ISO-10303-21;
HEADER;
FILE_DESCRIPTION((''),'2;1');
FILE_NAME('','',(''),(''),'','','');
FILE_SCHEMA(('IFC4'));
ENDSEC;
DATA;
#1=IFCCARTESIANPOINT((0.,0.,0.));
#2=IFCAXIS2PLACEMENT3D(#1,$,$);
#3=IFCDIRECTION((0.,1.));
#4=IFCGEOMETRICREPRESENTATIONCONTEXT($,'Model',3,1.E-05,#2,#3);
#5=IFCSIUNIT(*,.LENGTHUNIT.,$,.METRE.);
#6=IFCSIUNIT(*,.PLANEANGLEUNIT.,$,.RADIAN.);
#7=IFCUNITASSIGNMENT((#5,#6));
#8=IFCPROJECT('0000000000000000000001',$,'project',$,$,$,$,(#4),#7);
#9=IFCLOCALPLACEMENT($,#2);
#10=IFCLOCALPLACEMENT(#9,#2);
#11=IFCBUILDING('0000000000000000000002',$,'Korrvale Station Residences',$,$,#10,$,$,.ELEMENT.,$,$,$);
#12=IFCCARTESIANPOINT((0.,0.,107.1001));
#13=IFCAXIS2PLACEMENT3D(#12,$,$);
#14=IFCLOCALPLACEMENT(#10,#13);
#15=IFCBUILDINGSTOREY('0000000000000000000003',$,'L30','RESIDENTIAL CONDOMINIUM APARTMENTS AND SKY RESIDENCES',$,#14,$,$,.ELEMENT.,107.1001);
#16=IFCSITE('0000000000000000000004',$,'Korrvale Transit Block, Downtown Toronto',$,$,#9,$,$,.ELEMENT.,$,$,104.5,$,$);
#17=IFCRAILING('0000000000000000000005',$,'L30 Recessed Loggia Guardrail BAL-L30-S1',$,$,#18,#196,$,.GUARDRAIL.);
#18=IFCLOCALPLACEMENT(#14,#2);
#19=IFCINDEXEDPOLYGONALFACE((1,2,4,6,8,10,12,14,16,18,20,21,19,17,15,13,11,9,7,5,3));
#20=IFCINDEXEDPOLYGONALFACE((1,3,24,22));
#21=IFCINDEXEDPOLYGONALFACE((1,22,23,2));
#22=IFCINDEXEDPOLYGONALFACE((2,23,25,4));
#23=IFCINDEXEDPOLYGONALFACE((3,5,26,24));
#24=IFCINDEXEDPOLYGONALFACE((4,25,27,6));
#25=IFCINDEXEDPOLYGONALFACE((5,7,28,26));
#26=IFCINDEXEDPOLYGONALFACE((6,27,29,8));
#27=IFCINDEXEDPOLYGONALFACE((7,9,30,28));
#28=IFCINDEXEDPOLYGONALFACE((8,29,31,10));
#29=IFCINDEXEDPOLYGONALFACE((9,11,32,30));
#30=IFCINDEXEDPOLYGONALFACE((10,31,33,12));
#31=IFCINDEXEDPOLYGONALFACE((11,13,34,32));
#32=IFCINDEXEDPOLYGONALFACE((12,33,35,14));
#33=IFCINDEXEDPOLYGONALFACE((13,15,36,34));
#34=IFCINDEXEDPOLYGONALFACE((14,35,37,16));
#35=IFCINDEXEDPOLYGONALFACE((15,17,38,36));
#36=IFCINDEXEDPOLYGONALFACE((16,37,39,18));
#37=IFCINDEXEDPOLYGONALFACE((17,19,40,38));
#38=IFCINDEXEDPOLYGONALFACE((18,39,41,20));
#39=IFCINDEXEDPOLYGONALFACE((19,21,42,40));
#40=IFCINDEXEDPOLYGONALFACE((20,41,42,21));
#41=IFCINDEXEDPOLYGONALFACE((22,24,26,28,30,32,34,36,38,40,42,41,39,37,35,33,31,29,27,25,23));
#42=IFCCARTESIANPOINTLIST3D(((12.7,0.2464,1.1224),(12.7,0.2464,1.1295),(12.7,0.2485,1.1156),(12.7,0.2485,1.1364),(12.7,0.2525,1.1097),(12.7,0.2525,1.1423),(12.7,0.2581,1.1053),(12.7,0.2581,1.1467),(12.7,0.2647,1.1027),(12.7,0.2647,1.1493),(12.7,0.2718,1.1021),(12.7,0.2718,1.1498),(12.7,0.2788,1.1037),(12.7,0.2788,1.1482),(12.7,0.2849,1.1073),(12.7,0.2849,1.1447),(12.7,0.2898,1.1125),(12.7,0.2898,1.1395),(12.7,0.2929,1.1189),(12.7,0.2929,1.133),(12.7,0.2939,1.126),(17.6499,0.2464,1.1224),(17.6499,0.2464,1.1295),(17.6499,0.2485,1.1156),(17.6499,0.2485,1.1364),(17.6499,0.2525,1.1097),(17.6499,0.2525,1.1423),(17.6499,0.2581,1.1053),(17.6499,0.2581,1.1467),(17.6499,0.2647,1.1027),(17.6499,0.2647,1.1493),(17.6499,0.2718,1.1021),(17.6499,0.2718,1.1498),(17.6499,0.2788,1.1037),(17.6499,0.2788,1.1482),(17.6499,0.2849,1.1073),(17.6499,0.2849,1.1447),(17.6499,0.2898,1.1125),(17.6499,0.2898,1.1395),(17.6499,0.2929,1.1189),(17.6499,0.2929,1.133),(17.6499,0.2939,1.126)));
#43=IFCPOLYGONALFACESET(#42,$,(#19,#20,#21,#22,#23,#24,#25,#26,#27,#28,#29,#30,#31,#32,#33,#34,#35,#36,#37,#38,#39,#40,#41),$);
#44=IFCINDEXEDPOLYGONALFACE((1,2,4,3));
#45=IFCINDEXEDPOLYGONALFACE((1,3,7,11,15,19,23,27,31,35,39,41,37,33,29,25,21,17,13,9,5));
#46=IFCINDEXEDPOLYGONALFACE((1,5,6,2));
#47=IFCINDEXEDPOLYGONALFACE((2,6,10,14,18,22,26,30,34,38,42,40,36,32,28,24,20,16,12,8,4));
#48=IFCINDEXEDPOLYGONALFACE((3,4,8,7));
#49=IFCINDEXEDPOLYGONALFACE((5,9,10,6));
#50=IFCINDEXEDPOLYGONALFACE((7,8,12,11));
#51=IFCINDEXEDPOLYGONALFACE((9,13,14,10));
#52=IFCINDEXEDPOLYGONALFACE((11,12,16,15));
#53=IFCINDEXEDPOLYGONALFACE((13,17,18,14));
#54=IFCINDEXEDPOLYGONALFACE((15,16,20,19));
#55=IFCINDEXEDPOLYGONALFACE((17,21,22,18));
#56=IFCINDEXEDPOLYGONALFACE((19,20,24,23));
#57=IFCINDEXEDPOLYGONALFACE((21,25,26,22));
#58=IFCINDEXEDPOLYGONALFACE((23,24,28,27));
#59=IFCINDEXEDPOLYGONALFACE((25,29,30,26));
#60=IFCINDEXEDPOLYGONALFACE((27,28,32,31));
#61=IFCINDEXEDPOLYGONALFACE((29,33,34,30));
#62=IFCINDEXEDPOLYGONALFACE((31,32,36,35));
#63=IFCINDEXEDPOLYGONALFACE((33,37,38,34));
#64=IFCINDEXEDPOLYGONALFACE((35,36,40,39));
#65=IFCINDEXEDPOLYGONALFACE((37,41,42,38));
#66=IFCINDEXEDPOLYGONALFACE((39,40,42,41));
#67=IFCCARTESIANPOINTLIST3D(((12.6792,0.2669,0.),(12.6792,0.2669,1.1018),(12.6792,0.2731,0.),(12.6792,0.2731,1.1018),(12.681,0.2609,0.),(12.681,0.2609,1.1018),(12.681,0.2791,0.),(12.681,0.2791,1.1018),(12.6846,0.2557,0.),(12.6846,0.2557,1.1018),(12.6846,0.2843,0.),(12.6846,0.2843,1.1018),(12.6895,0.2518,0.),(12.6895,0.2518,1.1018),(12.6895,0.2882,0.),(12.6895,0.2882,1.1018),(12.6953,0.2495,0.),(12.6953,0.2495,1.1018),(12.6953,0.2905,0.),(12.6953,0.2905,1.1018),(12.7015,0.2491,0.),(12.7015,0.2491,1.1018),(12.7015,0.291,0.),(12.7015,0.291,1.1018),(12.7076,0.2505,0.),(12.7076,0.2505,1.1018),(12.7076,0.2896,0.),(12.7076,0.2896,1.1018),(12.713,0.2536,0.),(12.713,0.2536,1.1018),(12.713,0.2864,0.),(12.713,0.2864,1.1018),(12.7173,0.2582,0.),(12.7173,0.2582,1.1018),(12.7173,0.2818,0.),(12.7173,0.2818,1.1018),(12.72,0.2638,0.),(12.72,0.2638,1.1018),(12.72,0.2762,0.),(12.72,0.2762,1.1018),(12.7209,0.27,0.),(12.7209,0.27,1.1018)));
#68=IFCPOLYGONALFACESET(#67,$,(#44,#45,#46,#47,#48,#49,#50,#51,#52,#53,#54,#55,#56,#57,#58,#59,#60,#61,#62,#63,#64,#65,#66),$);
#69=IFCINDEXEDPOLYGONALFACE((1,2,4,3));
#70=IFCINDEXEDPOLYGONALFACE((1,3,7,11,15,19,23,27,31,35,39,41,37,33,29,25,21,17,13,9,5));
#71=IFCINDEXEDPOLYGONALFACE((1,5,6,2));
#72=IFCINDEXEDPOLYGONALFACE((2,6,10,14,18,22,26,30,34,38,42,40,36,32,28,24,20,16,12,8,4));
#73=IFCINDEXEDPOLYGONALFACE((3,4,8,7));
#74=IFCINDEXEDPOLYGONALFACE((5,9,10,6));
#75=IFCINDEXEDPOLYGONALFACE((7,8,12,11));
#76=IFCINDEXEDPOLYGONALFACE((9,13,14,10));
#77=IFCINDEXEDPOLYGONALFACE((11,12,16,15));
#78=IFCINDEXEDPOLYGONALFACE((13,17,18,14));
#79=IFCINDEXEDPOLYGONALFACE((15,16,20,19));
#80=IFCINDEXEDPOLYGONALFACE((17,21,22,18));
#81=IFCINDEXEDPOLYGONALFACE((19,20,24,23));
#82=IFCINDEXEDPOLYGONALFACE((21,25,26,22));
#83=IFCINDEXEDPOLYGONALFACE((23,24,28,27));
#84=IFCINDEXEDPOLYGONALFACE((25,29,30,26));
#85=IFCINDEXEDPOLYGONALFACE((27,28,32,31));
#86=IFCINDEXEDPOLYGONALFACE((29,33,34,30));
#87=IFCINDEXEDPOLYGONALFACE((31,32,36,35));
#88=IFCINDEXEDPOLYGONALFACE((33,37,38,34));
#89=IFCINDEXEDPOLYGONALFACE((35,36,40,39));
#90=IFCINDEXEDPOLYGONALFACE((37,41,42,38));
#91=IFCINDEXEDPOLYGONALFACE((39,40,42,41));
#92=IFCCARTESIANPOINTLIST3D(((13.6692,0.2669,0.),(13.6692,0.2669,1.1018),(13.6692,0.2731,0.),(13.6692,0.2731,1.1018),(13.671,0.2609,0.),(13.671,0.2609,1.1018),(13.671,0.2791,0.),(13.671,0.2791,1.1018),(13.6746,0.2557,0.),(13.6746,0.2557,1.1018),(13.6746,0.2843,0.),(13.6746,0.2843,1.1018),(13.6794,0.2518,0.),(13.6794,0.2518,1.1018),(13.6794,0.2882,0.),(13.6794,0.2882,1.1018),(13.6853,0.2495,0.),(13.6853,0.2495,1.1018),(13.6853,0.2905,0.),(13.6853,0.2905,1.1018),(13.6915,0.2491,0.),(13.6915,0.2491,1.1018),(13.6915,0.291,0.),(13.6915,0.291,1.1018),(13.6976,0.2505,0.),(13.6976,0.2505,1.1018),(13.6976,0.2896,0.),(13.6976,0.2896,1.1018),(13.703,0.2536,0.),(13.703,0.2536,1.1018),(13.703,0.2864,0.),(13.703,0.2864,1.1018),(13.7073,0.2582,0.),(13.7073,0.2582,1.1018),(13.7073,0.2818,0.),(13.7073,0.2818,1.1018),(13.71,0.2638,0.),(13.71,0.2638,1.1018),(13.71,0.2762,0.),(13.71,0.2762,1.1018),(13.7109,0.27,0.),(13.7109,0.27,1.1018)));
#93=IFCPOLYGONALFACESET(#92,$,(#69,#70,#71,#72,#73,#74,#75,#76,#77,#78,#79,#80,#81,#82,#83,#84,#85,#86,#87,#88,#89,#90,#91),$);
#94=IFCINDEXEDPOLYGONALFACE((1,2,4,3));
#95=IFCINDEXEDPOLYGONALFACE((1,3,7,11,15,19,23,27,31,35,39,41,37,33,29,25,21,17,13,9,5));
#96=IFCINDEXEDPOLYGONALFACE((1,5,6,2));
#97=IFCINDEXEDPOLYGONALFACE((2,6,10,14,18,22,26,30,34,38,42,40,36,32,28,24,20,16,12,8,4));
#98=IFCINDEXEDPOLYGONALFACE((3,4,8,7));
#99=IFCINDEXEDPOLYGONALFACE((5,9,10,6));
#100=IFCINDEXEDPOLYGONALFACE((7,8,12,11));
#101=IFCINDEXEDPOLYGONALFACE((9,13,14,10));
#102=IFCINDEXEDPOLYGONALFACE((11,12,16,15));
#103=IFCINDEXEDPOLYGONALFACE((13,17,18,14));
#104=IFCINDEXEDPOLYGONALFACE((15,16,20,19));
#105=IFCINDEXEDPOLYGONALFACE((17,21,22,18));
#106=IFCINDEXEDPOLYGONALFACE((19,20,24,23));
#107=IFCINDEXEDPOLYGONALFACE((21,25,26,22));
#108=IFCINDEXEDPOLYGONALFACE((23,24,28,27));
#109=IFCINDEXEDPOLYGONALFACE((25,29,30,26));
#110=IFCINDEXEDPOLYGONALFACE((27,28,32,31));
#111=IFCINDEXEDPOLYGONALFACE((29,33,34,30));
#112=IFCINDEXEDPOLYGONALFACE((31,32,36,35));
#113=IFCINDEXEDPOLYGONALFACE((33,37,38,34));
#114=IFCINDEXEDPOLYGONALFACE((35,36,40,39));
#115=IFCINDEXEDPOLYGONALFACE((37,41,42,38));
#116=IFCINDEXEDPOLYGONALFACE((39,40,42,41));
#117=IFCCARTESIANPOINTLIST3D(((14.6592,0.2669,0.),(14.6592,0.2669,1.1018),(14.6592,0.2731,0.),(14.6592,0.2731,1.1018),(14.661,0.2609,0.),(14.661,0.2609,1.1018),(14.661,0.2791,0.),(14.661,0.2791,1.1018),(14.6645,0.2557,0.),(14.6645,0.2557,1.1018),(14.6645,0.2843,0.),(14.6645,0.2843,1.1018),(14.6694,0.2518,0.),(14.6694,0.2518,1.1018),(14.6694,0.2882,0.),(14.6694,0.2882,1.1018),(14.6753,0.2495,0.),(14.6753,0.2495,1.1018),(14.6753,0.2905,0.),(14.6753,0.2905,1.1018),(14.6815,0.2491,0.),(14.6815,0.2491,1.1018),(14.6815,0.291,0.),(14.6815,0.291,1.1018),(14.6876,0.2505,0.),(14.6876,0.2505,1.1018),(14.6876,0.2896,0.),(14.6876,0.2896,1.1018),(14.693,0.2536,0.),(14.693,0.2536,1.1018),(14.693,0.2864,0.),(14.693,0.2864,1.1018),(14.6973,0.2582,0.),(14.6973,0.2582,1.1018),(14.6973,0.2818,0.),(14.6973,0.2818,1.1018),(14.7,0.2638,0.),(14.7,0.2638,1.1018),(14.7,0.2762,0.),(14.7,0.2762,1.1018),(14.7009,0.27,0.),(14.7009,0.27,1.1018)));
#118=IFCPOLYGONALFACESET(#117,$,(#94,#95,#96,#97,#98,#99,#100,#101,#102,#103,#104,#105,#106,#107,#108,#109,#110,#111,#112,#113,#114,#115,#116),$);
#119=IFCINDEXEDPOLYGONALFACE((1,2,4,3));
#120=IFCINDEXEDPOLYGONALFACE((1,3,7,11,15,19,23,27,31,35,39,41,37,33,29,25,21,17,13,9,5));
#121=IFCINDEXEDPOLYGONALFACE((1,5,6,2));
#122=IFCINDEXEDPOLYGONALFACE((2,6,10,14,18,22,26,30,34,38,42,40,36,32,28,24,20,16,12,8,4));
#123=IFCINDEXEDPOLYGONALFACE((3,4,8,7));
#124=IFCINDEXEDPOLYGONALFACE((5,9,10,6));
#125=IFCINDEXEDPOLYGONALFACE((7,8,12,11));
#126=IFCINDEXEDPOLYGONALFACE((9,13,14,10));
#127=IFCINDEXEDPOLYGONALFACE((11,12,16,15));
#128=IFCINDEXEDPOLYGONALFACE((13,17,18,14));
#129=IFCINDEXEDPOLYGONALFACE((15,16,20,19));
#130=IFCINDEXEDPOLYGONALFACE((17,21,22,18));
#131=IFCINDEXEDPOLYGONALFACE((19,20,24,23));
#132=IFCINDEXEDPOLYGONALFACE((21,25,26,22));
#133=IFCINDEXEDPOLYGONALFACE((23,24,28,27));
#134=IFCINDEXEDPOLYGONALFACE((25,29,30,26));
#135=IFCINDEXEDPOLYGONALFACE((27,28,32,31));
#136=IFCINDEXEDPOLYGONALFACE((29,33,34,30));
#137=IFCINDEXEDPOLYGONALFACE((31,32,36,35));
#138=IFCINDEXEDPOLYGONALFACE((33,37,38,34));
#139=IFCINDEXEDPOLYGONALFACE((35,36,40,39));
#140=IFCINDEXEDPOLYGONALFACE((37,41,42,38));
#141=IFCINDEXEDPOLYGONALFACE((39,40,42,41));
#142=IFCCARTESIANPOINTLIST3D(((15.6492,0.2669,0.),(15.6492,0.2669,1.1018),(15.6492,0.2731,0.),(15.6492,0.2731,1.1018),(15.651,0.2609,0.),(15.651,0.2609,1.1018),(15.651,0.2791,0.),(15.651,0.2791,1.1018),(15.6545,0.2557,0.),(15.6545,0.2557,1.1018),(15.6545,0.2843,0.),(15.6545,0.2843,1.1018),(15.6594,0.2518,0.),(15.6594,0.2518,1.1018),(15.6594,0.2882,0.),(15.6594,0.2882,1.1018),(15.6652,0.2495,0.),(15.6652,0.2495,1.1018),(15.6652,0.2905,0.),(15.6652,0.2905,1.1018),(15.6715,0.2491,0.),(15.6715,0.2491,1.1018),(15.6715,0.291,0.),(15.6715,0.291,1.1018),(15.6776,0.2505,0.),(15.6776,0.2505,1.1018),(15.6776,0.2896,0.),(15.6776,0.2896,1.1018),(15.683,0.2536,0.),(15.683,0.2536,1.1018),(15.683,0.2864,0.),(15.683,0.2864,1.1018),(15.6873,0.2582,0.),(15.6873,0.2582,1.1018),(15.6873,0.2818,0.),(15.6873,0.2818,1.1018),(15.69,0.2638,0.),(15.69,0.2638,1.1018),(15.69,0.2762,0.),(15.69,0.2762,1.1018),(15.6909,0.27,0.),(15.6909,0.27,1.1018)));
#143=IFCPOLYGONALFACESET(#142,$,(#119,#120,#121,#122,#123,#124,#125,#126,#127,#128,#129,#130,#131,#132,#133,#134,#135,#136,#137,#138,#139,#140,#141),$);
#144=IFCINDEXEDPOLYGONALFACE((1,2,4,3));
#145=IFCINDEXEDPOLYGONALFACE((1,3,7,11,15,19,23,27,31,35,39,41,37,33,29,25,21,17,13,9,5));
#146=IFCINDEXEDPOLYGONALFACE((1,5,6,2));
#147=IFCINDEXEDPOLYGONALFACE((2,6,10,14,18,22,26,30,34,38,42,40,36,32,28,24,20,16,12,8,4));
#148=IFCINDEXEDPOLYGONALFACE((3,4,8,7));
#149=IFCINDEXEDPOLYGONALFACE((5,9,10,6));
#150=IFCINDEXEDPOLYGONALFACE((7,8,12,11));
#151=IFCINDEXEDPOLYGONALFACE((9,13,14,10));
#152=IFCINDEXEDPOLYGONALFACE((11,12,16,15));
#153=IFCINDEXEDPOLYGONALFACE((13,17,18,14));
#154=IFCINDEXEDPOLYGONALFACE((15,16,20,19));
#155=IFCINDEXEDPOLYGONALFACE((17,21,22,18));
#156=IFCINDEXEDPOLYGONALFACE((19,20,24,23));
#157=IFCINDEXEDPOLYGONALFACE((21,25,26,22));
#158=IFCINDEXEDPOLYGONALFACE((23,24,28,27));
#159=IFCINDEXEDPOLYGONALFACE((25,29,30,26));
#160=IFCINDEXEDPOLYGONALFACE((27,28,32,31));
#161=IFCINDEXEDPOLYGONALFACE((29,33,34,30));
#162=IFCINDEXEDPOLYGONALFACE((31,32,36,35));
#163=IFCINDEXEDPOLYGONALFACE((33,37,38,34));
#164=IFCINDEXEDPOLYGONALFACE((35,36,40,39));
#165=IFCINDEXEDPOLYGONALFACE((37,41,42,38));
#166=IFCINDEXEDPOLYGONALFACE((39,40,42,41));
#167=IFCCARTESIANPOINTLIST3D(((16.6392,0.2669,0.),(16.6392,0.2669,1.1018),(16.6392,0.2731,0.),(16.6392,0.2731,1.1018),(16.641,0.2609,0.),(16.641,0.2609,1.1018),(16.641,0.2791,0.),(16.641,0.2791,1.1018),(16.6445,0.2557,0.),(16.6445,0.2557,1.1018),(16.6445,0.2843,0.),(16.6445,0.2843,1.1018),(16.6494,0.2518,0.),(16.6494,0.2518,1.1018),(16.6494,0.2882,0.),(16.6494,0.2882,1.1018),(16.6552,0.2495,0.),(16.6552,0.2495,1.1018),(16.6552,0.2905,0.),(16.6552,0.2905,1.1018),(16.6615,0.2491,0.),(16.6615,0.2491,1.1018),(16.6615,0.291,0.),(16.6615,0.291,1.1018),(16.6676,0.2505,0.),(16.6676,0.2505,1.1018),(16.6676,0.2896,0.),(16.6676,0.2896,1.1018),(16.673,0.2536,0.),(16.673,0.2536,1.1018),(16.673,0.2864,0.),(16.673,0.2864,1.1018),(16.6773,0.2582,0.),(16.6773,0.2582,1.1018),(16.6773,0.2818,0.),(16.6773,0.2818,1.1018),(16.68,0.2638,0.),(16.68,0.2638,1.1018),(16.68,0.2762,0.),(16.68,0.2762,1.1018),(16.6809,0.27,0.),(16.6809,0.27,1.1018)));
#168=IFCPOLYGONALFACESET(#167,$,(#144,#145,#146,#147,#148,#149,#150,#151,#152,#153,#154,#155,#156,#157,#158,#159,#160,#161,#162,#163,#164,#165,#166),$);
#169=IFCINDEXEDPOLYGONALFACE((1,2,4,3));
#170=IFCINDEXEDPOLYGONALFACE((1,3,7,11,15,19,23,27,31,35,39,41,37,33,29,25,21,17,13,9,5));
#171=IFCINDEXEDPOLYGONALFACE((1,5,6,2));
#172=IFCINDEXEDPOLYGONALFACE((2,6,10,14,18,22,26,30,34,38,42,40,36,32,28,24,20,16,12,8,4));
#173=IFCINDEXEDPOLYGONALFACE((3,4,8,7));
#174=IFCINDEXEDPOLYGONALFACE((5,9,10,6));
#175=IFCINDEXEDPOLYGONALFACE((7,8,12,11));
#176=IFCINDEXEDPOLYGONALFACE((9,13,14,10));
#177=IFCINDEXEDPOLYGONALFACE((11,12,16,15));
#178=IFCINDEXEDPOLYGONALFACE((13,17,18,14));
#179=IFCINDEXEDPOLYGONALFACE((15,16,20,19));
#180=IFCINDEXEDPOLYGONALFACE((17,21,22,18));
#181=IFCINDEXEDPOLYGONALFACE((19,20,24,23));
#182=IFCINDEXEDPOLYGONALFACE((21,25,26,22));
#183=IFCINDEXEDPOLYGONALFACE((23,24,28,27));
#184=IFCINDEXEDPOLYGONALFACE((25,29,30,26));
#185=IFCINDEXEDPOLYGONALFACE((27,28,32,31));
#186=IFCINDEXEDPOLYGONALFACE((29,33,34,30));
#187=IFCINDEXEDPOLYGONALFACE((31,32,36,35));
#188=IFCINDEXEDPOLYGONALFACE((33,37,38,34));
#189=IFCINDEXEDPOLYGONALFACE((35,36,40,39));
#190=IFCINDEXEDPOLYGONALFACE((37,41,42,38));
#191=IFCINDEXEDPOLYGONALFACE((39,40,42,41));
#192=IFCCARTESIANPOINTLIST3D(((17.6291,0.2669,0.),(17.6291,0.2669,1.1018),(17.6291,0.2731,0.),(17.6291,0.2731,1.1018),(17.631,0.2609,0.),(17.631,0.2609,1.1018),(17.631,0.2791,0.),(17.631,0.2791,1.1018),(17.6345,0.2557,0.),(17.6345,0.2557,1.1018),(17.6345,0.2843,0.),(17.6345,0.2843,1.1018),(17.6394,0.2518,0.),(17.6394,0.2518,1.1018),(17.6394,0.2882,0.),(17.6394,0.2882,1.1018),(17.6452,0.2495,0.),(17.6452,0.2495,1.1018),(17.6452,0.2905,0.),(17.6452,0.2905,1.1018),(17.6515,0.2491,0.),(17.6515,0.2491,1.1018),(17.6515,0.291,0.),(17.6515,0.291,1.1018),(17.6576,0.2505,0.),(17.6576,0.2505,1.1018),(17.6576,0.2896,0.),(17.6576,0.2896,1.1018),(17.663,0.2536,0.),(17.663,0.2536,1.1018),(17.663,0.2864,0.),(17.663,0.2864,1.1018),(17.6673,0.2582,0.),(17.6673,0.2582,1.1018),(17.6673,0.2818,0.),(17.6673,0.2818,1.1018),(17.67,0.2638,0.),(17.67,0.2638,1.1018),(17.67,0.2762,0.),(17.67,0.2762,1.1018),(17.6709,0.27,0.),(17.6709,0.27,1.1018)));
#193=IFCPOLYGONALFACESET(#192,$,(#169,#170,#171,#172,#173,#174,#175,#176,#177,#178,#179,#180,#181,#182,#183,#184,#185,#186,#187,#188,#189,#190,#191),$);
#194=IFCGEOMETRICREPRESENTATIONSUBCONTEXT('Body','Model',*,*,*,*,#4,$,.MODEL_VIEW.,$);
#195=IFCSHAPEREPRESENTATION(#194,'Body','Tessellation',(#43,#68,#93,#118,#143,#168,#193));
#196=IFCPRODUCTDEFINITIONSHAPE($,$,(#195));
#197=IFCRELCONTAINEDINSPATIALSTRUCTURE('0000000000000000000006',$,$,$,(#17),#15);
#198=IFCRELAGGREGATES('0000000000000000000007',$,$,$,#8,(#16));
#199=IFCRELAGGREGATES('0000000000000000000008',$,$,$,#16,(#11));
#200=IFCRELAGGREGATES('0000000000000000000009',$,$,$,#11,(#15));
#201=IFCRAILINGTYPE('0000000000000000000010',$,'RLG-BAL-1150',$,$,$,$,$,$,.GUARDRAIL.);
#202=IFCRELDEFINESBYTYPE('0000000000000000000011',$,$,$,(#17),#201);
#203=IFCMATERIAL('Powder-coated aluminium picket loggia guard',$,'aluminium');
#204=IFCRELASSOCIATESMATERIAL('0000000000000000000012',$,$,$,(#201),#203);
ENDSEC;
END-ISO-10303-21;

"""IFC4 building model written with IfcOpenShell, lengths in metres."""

from ifc_helpers import new_model, si_unit, direction, frame, origin, origin_2d, place, context, subcontext, project, spatial, circle, extrude, material, type_object, element, save


model = new_model("IFC4")

# Units and contexts
model_context = context("Model", 3, precision=1e-05, world=origin(), true_north=direction((0.0, 1.0)))
body_context = subcontext(model_context, "Body", "Model", "MODEL_VIEW")
ifc_project = project(units=[si_unit("LENGTHUNIT", "METRE"), si_unit("PLANEANGLEUNIT", "RADIAN")], contexts=[model_context])

# Site, building, storey
site_placement = place(None, origin())
site = spatial("IfcSite", under=ifc_project, at=site_placement, Name="Korrvale Transit Block, Downtown Toronto", CompositionType="ELEMENT", RefElevation=104.5)
building_placement = place(site_placement, origin())
building = spatial("IfcBuilding", under=site, at=building_placement, Name="Korrvale Station Residences", CompositionType="ELEMENT")
storey_placement = place(building_placement, frame((0.0, 0.0, 107.1001)))
storey = spatial("IfcBuildingStorey", under=building, at=storey_placement, Name="L30", Description="RESIDENTIAL CONDOMINIUM APARTMENTS AND SKY RESIDENCES", CompositionType="ELEMENT", Elevation=107.1001)

# Railing
ifc_material_1 = material(Name="Powder-coated aluminium picket loggia guard", Category="aluminium")
railing_type = type_object("IfcRailingType", Name="RLG-BAL-1150", PredefinedType="GUARDRAIL", material=ifc_material_1)
railing_placement = place(storey_placement, frame((12.7, 0.27, 0.0)))
element("IfcRailing", 1, at=railing_placement, inside=storey, type_object=railing_type, Name="L30 Recessed Loggia Guardrail BAL-L30-S1", PredefinedType="GUARDRAIL", context=body_context, shape_type="SweptSolid", body=[
    extrude(circle(Radius=0.0239, at=origin_2d()), frame((0.0, 0.0, 1.126), z_axis=(1.0, 0.0, 0.0), x_axis=(0.0, 1.0, 0.0)), (0.0, 0.0, 1.0), 4.95),
    extrude(circle(Radius=0.021, at=origin_2d()), origin(), (0.0, 0.0, 1.0), 1.1018),
    extrude(circle(Radius=0.021, at=origin_2d()), frame((0.99, 0.0, 0.0)), (0.0, 0.0, 1.0), 1.1018),
    extrude(circle(Radius=0.021, at=origin_2d()), frame((1.98, 0.0, 0.0)), (0.0, 0.0, 1.0), 1.1018),
    extrude(circle(Radius=0.021, at=origin_2d()), frame((2.97, 0.0, 0.0)), (0.0, 0.0, 1.0), 1.1018),
    extrude(circle(Radius=0.021, at=origin_2d()), frame((3.96, 0.0, 0.0)), (0.0, 0.0, 1.0), 1.1018),
    extrude(circle(Radius=0.021, at=origin_2d()), frame((4.95, 0.0, 0.0)), (0.0, 0.0, 1.0), 1.1018),
])

save(model, "model.ifc")
